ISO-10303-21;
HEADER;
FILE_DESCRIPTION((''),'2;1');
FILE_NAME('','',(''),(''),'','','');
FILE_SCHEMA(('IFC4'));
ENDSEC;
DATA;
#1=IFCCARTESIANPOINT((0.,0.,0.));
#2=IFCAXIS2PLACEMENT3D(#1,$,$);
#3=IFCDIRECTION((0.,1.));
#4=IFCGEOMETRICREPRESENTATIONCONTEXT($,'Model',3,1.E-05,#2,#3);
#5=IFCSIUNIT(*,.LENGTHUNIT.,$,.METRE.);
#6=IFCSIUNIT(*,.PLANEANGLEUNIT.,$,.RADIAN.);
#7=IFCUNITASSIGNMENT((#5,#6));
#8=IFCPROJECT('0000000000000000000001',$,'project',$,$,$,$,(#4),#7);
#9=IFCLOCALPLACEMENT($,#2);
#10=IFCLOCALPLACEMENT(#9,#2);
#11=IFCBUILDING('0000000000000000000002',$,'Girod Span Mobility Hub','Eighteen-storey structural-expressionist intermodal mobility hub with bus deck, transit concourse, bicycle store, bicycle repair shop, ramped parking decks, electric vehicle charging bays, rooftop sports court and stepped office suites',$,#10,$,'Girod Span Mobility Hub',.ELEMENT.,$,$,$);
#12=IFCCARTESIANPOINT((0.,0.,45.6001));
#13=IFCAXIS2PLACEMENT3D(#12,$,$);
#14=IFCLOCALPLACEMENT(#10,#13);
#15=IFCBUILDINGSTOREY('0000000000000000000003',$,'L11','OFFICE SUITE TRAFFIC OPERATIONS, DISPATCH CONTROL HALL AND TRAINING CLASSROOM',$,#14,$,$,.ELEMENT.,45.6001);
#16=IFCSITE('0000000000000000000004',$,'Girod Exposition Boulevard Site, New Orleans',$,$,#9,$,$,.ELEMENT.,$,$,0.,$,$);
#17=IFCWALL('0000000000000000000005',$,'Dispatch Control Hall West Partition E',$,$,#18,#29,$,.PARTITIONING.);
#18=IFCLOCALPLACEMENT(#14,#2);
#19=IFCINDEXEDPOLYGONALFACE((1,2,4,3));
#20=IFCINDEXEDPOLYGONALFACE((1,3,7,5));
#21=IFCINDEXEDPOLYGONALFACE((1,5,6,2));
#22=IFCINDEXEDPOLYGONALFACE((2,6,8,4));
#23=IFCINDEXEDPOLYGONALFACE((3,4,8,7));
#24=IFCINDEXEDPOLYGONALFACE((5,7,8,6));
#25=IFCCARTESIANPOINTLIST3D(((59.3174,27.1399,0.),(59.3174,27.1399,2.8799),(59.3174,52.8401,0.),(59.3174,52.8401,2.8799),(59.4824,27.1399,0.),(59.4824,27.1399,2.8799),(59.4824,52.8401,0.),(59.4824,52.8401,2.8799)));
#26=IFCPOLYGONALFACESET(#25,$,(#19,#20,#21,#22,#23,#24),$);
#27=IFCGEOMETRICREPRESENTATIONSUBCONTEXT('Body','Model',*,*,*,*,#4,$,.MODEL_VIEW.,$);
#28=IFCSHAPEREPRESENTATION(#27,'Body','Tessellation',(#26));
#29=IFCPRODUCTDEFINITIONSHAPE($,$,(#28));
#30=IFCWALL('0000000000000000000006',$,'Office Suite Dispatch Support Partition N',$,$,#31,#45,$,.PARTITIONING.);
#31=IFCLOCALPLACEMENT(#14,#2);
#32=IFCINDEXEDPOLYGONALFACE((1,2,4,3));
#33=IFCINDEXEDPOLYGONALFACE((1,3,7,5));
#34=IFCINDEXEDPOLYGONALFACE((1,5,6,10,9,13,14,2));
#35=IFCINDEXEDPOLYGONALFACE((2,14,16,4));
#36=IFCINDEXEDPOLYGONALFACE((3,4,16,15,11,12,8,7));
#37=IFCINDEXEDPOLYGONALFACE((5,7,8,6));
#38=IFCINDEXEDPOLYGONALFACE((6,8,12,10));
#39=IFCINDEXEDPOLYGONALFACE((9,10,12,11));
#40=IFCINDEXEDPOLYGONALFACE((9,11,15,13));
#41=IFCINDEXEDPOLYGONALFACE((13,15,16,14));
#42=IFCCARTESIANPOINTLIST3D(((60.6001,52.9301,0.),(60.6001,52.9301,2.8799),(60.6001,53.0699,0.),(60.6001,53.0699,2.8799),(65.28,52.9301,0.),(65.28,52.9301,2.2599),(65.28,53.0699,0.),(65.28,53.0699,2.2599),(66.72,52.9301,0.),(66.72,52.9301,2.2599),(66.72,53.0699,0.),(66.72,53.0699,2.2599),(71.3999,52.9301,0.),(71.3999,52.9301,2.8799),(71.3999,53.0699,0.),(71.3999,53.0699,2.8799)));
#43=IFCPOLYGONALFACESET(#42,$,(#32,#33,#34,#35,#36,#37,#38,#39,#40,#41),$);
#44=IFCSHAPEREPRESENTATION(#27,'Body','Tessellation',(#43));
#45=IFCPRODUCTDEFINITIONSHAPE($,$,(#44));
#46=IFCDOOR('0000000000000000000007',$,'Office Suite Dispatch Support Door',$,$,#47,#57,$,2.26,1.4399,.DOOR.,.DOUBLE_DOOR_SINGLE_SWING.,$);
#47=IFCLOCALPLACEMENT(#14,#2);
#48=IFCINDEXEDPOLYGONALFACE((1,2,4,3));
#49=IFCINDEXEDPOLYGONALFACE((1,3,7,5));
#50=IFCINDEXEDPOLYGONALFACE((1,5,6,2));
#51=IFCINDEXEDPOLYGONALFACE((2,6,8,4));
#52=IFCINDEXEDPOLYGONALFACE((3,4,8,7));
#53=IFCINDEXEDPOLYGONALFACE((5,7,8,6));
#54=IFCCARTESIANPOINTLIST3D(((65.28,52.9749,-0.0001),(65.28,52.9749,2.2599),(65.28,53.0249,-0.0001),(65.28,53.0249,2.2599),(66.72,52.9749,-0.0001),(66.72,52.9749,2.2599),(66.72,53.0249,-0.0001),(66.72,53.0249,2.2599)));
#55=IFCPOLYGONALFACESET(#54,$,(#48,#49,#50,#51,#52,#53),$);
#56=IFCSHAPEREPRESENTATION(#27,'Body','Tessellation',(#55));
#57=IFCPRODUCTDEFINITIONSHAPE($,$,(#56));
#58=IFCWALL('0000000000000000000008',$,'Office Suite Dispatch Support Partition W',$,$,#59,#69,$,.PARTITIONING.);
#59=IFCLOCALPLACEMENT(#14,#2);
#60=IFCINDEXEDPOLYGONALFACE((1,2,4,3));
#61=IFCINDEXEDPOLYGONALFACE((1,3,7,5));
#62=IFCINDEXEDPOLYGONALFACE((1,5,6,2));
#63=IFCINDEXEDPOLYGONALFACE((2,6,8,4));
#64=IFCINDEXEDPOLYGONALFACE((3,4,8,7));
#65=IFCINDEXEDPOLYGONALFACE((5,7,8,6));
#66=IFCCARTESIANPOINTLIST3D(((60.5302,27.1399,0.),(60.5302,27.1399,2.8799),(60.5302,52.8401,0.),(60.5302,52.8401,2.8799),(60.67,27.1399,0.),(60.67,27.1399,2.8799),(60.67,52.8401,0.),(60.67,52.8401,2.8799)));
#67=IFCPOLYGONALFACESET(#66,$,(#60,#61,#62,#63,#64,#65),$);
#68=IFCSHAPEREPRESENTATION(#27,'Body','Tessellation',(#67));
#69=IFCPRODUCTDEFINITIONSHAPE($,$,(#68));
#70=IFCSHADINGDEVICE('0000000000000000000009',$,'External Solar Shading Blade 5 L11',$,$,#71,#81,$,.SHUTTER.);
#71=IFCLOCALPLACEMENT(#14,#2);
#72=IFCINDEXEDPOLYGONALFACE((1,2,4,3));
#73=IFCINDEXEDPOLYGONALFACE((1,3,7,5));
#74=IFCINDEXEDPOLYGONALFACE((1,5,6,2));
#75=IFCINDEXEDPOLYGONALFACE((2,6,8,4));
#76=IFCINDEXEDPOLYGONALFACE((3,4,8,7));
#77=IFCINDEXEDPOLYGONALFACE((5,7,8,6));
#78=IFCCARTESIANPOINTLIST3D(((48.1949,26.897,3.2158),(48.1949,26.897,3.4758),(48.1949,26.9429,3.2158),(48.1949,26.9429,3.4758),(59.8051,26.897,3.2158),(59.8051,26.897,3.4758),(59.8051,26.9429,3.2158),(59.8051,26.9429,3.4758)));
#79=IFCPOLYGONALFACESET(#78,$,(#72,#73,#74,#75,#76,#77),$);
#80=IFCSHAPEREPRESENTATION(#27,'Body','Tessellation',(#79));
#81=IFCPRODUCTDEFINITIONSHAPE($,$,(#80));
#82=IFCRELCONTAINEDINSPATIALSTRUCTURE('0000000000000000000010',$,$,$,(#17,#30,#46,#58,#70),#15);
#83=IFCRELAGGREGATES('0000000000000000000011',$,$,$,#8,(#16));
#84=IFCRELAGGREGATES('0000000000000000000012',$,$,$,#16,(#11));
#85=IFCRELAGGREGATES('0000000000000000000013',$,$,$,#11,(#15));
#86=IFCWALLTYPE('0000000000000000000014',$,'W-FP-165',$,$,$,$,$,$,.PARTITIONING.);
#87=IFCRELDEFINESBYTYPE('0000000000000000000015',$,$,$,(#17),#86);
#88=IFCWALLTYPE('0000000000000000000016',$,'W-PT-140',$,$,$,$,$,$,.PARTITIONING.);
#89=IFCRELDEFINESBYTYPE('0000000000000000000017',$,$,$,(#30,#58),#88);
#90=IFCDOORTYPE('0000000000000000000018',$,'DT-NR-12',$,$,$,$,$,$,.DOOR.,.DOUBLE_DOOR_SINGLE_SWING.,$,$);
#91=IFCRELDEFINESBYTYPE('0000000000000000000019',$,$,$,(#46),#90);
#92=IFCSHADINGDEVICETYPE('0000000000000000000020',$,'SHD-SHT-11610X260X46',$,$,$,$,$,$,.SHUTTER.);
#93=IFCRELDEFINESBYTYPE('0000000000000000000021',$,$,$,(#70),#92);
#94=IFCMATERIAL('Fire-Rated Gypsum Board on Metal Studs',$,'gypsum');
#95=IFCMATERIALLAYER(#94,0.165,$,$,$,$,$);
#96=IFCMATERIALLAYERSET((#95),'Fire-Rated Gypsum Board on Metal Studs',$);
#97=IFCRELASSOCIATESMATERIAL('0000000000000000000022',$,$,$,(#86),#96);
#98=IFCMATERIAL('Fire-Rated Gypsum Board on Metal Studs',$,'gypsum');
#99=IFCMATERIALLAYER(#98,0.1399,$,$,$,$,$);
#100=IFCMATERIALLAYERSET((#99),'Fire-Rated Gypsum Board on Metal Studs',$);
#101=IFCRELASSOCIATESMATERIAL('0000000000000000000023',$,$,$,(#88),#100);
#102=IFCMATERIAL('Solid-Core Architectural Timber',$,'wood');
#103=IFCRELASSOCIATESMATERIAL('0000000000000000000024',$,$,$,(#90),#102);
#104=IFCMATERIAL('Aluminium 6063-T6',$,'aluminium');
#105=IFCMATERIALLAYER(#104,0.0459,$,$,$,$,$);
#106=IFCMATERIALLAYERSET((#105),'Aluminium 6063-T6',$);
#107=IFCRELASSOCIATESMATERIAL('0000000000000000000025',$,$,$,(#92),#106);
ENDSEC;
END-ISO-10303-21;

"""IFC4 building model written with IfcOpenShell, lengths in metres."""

from ifc_helpers import new_model, si_unit, direction, frame, frame_2d, origin, origin_2d, place, context, subcontext, project, spatial, rectangle, extrude, material, layer, layer_set, type_object, element, fill, save


model = new_model("IFC4")

# Units and contexts
model_context = context("Model", 3, precision=1e-05, world=origin(), true_north=direction((0.0, 1.0)))
body_context = subcontext(model_context, "Body", "Model", "MODEL_VIEW")
ifc_project = project(units=[si_unit("LENGTHUNIT", "METRE"), si_unit("PLANEANGLEUNIT", "RADIAN")], contexts=[model_context])

# Site, building, storey
site_placement = place(None, origin())
site = spatial("IfcSite", under=ifc_project, at=site_placement, Name="Girod Exposition Boulevard Site, New Orleans", CompositionType="ELEMENT", RefElevation=0.0)
building_placement = place(site_placement, origin())
building = spatial("IfcBuilding", under=site, at=building_placement, Name="Girod Span Mobility Hub", Description="Eighteen-storey structural-expressionist intermodal mobility hub with bus deck, transit concourse, bicycle store, bicycle repair shop, ramped parking decks, electric vehicle charging bays, rooftop sports court and stepped office suites", LongName="Girod Span Mobility Hub", CompositionType="ELEMENT")
storey_placement = place(building_placement, frame((0.0, 0.0, 45.6001)))
storey = spatial("IfcBuildingStorey", under=building, at=storey_placement, Name="L11", Description="OFFICE SUITE TRAFFIC OPERATIONS, DISPATCH CONTROL HALL AND TRAINING CLASSROOM", CompositionType="ELEMENT", Elevation=45.6001)

# Wall
ifc_material_1 = material(Name="Fire-Rated Gypsum Board on Metal Studs", Category="gypsum")
ifc_layer_1 = layer(ifc_material_1, 0.165)
ifc_layer_set_1 = layer_set([ifc_layer_1], Name="Fire-Rated Gypsum Board on Metal Studs")
wall_type_1 = type_object("IfcWallType", Name="W-FP-165", PredefinedType="PARTITIONING", material=ifc_layer_set_1)
wall_1_placement = place(storey_placement, frame((59.3999, 27.1399, 0.0), z_axis=(0.0, 0.0, 1.0), x_axis=(0.0, 1.0, 0.0)))
element("IfcWall", 1, at=wall_1_placement, inside=storey, type_object=wall_type_1, Name="Dispatch Control Hall West Partition E", PredefinedType="PARTITIONING", context=body_context, shape_type="SweptSolid", body=[
    extrude(rectangle(XDim=25.7002, YDim=0.165, at=frame_2d((12.8501, 0.0))), origin(), (0.0, 0.0, 1.0), 2.8799),
])

# Wall, opening, door
ifc_material_2 = material(Name="Fire-Rated Gypsum Board on Metal Studs", Category="gypsum")
ifc_layer_2 = layer(ifc_material_2, 0.1399)
ifc_layer_set_2 = layer_set([ifc_layer_2], Name="Fire-Rated Gypsum Board on Metal Studs")
wall_type_2 = type_object("IfcWallType", Name="W-PT-140", PredefinedType="PARTITIONING", material=ifc_layer_set_2)
wall_2_placement = place(storey_placement, frame((60.6001, 53.0, 0.0), z_axis=(0.0, 0.0, 1.0), x_axis=(1.0, 0.0, 0.0)))
wall_2 = element("IfcWall", 2, at=wall_2_placement, inside=storey, type_object=wall_type_2, Name="Office Suite Dispatch Support Partition N", PredefinedType="PARTITIONING", context=body_context, shape_type="SweptSolid", body=[
    extrude(rectangle(XDim=10.7998, YDim=0.1399, at=frame_2d((5.3999, 0.0))), origin(), (0.0, 0.0, 1.0), 2.8799),
])
opening_placement = place(wall_2_placement, frame((4.6799, 0.0, 0.0)))
opening = element("IfcOpeningElement", 3, at=opening_placement, cuts=wall_2, PredefinedType="OPENING", context=body_context, shape_type="SweptSolid", body=[
    extrude(rectangle(XDim=1.4399, YDim=2.26, at=frame_2d((0.72, 1.1299))), frame((0.0, 0.085, 0.0), z_axis=(0.0, -1.0, 0.0), x_axis=(1.0, 0.0, 0.0)), (0.0, 0.0, 1.0), 0.1699),
])
ifc_material_3 = material(Name="Solid-Core Architectural Timber", Category="wood")
door_type = type_object("IfcDoorType", Name="DT-NR-12", OperationType="DOUBLE_DOOR_SINGLE_SWING", PredefinedType="DOOR", material=ifc_material_3)
door_placement = place(opening_placement, origin())
door = element("IfcDoor", 4, at=door_placement, inside=storey, type_object=door_type, Name="Office Suite Dispatch Support Door", OperationType="DOUBLE_DOOR_SINGLE_SWING", OverallHeight=2.26, OverallWidth=1.4399, PredefinedType="DOOR", context=body_context, shape_type="SweptSolid", body=[
    extrude(rectangle(XDim=1.4399, YDim=2.26, at=frame_2d((0.72, 1.1299))), frame((0.0, 0.0249, 0.0), z_axis=(0.0, -1.0, 0.0), x_axis=(1.0, 0.0, 0.0)), (0.0, 0.0, 1.0), 0.05),
])
fill(opening, door)

# Wall
wall_3_placement = place(storey_placement, frame((60.6001, 27.1399, 0.0), z_axis=(0.0, 0.0, 1.0), x_axis=(0.0, 1.0, 0.0)))
element("IfcWall", 5, at=wall_3_placement, inside=storey, type_object=wall_type_2, Name="Office Suite Dispatch Support Partition W", PredefinedType="PARTITIONING", context=body_context, shape_type="SweptSolid", body=[
    extrude(rectangle(XDim=25.7002, YDim=0.1399, at=frame_2d((12.8501, 0.0))), origin(), (0.0, 0.0, 1.0), 2.8799),
])

# Shading device
ifc_material_4 = material(Name="Aluminium 6063-T6", Category="aluminium")
ifc_layer_3 = layer(ifc_material_4, 0.0459)
ifc_layer_set_3 = layer_set([ifc_layer_3], Name="Aluminium 6063-T6")
shading_device_type = type_object("IfcShadingDeviceType", Name="SHD-SHT-11610X260X46", PredefinedType="SHUTTER", material=ifc_layer_set_3)
shading_device_placement = place(storey_placement, frame((54.0, 26.9199, 3.2158), z_axis=(0.0, 0.0, 1.0), x_axis=(1.0, 0.0, 0.0)))
element("IfcShadingDevice", 6, at=shading_device_placement, inside=storey, type_object=shading_device_type, Name="External Solar Shading Blade 5 L11", PredefinedType="SHUTTER", context=body_context, shape_type="SweptSolid", body=[
    extrude(rectangle(XDim=11.6101, YDim=0.0459, at=origin_2d()), origin(), (0.0, 0.0, 1.0), 0.26),
])

save(model, "model.ifc")
